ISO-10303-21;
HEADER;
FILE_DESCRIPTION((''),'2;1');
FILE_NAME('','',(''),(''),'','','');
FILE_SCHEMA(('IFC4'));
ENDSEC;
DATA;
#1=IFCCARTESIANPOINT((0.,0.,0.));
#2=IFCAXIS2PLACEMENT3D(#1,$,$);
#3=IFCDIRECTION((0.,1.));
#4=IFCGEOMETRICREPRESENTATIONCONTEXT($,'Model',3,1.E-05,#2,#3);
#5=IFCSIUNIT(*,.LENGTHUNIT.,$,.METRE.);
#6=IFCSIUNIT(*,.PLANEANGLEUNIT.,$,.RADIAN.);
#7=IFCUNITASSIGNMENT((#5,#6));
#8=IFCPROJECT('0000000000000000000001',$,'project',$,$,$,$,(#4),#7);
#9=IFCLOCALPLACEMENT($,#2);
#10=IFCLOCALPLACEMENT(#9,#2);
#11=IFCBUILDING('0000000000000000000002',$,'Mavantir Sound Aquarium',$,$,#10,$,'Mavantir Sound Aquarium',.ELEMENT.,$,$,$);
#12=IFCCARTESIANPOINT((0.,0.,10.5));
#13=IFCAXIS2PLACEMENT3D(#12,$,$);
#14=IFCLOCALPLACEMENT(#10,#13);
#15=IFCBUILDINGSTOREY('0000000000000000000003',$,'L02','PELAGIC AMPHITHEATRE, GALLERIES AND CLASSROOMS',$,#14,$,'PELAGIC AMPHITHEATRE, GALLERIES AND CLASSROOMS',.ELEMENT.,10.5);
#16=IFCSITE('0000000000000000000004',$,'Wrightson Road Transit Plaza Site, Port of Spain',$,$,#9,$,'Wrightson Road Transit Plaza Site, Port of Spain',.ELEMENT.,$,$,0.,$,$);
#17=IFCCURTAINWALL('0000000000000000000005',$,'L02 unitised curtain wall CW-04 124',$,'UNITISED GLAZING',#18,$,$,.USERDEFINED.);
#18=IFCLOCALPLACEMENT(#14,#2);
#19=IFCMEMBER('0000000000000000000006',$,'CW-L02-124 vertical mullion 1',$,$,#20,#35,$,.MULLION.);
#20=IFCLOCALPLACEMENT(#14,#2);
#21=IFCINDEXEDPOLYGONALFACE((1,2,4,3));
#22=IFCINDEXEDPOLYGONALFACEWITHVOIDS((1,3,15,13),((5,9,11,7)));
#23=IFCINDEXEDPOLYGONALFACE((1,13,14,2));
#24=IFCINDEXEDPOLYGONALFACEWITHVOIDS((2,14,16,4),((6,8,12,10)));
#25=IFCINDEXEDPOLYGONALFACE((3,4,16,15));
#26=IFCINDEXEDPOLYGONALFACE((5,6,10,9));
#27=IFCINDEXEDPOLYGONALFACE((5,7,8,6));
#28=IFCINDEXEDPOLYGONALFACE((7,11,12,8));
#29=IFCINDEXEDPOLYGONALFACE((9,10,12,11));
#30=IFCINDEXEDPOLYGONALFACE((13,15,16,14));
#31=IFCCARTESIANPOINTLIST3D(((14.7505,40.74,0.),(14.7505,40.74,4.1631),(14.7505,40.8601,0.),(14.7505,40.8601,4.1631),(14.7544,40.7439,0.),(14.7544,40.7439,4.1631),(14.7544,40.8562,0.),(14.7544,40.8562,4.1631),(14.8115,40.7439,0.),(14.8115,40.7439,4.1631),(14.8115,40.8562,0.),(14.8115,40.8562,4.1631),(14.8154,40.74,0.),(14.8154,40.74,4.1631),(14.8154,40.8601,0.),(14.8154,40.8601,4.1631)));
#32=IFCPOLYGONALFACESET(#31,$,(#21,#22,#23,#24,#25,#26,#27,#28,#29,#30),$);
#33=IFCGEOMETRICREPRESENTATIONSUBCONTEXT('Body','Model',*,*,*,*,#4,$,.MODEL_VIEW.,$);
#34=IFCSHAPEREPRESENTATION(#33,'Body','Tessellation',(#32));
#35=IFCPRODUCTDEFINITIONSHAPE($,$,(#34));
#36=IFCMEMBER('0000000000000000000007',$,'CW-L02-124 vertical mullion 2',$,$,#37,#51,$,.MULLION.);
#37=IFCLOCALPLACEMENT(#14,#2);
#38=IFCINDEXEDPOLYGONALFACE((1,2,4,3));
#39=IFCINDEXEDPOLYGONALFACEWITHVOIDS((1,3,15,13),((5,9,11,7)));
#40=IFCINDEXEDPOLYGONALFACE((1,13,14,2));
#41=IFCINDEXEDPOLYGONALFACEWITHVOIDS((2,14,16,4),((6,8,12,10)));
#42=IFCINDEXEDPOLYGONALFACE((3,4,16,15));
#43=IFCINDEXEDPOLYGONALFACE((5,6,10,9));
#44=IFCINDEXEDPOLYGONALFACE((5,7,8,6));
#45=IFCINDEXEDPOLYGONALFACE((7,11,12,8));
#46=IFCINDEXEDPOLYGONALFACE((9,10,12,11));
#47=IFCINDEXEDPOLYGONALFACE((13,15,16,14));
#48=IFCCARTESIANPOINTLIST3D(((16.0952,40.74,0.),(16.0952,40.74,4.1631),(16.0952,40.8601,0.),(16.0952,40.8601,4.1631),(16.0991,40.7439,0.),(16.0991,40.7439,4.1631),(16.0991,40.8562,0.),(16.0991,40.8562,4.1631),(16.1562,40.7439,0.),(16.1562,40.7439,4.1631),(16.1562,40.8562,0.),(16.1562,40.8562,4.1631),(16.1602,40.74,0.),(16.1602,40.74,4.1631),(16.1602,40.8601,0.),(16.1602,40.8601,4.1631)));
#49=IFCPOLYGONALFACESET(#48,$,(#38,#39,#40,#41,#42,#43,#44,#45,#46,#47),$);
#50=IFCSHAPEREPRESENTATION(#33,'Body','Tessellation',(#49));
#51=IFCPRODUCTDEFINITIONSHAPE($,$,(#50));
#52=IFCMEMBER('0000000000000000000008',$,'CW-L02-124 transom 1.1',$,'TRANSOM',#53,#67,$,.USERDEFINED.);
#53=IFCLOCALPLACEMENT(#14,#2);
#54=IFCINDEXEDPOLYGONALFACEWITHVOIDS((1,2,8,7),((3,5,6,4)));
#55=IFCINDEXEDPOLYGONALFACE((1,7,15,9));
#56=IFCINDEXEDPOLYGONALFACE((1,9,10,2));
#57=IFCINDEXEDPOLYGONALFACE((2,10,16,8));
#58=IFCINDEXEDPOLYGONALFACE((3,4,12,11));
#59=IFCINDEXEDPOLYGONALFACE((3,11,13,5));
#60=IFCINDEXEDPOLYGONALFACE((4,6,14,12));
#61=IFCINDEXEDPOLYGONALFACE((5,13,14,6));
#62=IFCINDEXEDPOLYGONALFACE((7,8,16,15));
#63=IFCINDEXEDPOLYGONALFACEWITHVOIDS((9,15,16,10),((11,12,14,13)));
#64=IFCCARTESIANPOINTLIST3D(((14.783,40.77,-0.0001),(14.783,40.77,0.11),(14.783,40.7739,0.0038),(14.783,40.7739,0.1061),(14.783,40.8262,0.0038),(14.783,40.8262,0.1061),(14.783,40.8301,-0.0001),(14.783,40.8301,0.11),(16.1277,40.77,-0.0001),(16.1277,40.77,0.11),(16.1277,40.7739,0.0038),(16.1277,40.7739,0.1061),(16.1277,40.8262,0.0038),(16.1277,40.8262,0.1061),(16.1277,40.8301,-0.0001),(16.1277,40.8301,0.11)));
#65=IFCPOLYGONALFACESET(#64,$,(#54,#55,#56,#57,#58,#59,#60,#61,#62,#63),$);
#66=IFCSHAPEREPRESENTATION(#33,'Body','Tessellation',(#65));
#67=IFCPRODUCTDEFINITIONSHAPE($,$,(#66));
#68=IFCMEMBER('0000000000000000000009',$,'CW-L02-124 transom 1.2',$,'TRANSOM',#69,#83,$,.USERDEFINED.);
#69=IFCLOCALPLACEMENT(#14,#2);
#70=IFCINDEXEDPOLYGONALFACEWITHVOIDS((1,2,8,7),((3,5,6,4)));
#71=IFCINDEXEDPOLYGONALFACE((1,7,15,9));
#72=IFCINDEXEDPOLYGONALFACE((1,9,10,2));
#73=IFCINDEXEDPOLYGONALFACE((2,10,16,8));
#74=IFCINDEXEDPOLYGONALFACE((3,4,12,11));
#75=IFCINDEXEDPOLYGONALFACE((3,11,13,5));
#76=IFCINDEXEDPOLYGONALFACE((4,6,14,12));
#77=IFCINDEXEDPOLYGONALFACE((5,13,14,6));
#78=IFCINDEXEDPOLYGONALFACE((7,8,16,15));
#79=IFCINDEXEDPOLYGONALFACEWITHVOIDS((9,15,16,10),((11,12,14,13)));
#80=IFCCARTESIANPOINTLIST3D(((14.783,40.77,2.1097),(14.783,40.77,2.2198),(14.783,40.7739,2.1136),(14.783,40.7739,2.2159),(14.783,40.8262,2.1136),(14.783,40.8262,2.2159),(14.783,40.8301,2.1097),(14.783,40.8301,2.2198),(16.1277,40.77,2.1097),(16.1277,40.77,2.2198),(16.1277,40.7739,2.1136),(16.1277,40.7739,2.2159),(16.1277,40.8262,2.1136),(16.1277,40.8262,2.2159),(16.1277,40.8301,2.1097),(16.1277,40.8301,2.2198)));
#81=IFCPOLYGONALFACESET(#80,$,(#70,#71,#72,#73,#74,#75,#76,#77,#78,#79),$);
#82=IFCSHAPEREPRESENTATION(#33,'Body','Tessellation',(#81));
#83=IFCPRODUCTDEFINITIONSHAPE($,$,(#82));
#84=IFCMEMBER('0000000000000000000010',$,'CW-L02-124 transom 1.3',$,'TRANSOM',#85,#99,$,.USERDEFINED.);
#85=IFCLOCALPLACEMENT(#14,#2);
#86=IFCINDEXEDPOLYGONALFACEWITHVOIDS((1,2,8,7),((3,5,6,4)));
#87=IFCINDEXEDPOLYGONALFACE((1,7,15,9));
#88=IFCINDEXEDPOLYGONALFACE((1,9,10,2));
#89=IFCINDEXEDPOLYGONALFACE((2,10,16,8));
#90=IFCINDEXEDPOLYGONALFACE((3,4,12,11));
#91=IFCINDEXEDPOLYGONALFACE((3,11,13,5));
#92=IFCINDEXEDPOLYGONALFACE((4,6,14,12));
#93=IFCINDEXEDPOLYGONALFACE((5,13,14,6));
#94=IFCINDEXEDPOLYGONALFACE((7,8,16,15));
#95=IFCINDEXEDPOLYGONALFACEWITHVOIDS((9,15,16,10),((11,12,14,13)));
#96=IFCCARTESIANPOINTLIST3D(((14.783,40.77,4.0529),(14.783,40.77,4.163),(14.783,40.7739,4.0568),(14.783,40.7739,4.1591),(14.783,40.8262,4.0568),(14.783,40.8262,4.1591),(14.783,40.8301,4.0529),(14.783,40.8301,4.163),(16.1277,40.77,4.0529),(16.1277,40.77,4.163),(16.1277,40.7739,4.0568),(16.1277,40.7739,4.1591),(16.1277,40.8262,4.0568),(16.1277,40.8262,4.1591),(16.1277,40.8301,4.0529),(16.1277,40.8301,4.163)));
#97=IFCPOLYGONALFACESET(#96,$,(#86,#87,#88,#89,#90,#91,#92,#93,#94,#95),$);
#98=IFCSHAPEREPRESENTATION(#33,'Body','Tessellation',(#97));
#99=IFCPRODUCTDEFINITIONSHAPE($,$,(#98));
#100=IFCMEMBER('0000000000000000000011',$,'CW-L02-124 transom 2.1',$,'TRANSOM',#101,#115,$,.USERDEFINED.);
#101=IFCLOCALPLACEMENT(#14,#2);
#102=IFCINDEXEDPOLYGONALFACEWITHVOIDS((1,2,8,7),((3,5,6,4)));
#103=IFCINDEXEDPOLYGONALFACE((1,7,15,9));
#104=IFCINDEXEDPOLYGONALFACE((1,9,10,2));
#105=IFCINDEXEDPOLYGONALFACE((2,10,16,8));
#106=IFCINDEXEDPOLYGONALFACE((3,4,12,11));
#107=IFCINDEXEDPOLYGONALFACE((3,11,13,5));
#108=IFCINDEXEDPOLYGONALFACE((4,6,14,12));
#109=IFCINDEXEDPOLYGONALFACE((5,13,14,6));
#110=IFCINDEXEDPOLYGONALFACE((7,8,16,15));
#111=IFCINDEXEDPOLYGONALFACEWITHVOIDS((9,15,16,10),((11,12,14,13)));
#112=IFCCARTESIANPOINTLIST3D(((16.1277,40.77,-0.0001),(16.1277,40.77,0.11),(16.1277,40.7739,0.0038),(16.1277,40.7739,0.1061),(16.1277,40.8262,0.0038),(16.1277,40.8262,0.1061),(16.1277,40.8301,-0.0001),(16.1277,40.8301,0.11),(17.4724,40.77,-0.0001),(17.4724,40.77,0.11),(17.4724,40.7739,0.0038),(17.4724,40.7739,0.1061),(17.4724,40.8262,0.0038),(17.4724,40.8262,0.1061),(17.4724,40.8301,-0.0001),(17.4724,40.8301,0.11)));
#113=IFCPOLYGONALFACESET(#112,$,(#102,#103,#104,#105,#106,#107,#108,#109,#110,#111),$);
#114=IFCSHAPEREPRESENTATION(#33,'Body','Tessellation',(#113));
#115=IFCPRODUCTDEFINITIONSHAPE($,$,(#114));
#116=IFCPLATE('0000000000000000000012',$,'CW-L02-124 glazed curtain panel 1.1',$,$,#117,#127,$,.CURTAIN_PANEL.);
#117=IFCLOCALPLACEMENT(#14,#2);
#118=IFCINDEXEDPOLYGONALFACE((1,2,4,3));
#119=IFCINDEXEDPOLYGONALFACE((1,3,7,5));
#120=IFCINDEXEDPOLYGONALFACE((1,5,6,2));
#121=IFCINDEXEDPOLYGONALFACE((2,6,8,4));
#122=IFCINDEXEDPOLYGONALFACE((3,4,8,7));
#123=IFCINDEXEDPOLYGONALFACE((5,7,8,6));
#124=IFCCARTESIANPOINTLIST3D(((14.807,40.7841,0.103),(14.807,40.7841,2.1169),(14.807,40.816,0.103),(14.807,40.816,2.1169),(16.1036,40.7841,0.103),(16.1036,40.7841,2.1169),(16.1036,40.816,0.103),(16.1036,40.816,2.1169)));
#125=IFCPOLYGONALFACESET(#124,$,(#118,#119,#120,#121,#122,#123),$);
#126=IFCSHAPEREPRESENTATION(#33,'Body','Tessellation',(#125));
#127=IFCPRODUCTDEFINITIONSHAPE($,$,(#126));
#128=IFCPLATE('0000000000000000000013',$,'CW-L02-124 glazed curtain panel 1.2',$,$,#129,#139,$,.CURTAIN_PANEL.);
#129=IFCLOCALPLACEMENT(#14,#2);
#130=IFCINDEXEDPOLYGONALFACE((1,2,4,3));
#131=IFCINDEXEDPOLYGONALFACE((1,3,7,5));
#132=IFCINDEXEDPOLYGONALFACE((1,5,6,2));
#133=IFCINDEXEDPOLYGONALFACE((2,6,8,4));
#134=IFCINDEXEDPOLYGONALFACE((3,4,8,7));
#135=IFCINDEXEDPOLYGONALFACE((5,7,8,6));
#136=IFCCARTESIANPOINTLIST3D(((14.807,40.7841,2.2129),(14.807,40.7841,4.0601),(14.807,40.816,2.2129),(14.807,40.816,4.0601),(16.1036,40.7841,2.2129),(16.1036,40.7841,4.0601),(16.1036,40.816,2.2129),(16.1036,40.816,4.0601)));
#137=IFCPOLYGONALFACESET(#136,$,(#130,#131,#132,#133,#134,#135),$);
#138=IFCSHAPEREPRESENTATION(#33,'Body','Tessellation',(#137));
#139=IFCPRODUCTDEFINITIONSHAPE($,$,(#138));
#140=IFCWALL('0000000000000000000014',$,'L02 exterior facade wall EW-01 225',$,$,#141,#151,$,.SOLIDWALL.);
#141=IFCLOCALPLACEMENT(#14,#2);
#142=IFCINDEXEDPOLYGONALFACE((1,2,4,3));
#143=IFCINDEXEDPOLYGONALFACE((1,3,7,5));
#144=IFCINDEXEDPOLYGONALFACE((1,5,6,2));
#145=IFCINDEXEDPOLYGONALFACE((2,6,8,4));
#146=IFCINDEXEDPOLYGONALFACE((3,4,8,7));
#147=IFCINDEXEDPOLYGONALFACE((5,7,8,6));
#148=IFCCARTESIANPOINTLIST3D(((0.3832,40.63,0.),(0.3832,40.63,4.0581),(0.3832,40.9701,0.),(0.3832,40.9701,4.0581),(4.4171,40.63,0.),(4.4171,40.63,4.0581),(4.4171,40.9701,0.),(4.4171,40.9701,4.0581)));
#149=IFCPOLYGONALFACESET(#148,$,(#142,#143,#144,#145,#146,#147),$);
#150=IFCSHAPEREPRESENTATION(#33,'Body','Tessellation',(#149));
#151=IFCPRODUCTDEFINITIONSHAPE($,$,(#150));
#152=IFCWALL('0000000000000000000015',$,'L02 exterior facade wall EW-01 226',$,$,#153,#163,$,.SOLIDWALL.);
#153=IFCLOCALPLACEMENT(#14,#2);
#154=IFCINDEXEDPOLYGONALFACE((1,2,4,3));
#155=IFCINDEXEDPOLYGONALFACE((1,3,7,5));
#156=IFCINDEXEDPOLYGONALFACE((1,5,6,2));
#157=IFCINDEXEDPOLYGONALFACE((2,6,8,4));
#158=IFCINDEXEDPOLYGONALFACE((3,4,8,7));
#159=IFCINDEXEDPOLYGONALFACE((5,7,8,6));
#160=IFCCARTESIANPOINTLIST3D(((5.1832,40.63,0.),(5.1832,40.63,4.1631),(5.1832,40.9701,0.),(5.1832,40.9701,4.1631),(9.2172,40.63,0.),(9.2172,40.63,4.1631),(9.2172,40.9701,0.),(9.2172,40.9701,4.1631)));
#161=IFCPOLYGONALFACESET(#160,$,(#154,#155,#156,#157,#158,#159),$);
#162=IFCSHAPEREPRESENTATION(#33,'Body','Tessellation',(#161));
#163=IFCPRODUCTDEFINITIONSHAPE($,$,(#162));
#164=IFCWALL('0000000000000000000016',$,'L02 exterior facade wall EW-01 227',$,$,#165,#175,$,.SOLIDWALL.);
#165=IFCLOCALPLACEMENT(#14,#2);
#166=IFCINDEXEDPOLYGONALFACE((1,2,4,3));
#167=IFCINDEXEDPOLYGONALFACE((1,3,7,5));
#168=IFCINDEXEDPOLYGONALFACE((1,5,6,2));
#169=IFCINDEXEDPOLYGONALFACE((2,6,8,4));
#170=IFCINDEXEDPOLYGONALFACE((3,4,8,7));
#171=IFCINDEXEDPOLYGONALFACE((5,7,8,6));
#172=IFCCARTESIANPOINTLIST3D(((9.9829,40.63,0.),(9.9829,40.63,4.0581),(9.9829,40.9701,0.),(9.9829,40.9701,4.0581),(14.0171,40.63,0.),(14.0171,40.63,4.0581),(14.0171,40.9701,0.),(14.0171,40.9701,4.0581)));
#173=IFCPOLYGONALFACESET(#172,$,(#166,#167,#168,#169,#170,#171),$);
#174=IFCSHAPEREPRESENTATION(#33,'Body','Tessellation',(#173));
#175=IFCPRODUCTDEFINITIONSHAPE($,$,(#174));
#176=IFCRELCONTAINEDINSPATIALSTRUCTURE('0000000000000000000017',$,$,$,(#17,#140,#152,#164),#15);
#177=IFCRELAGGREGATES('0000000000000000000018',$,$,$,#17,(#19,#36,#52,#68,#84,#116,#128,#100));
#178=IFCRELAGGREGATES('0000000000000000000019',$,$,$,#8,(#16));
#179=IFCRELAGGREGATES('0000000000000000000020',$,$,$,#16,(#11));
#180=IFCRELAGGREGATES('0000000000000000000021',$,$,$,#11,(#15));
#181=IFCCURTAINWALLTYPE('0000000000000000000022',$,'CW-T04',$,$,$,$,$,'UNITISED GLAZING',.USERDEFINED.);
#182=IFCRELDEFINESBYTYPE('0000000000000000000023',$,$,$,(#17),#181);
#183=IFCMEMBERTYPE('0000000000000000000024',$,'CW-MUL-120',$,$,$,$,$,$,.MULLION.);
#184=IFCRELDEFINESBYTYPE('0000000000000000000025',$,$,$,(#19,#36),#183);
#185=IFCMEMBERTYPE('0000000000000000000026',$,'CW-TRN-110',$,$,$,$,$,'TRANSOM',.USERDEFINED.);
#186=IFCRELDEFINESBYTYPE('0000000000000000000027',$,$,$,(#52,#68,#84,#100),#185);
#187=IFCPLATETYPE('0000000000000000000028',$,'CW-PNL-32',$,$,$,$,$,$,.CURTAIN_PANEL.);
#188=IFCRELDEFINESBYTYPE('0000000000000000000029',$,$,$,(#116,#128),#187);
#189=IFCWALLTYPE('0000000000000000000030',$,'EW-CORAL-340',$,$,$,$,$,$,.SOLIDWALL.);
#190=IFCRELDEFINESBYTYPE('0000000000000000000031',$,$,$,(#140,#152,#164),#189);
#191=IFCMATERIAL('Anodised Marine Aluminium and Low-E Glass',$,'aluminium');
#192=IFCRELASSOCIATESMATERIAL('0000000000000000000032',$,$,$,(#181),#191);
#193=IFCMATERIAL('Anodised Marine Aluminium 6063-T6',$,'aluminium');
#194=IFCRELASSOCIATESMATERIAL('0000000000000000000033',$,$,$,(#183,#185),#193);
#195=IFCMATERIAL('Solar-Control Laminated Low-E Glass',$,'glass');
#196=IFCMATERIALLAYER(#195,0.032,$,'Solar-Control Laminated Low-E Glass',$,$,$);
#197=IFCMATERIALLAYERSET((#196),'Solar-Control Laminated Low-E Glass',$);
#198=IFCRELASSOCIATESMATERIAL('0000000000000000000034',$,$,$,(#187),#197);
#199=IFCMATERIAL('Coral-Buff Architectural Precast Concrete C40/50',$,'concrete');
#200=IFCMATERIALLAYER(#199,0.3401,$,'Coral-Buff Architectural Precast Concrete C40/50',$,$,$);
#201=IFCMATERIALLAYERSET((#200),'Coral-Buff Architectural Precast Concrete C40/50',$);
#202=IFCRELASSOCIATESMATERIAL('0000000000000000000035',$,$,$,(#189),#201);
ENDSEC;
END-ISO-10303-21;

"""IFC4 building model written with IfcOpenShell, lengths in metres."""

from ifc_helpers import new_model, si_unit, direction, frame, frame_2d, origin, origin_2d, place, context, subcontext, project, spatial, rectangle, hollow_rectangle, extrude, material, layer, layer_set, material_profile, profile_set, type_object, element, aggregate, save


model = new_model("IFC4")

# Units and contexts
model_context = context("Model", 3, precision=1e-05, world=origin(), true_north=direction((0.0, 1.0)))
body_context = subcontext(model_context, "Body", "Model", "MODEL_VIEW")
ifc_project = project(units=[si_unit("LENGTHUNIT", "METRE"), si_unit("PLANEANGLEUNIT", "RADIAN")], contexts=[model_context])

# Site, building, storey
site_placement = place(None, origin())
site = spatial("IfcSite", under=ifc_project, at=site_placement, Name="Wrightson Road Transit Plaza Site, Port of Spain", LongName="Wrightson Road Transit Plaza Site, Port of Spain", CompositionType="ELEMENT", RefElevation=0.0)
building_placement = place(site_placement, origin())
building = spatial("IfcBuilding", under=site, at=building_placement, Name="Mavantir Sound Aquarium", LongName="Mavantir Sound Aquarium", CompositionType="ELEMENT")
storey_placement = place(building_placement, frame((0.0, 0.0, 10.5)))
storey = spatial("IfcBuildingStorey", under=building, at=storey_placement, Name="L02", Description="PELAGIC AMPHITHEATRE, GALLERIES AND CLASSROOMS", LongName="PELAGIC AMPHITHEATRE, GALLERIES AND CLASSROOMS", CompositionType="ELEMENT", Elevation=10.5)

# Curtain wall, members, plates
ifc_material_1 = material(Name="Anodised Marine Aluminium and Low-E Glass", Category="aluminium")
curtain_wall_type = type_object("IfcCurtainWallType", Name="CW-T04", ElementType="UNITISED GLAZING", PredefinedType="USERDEFINED", material=ifc_material_1)
curtain_wall_placement = place(storey_placement, origin())
curtain_wall = element("IfcCurtainWall", 1, at=curtain_wall_placement, inside=storey, type_object=curtain_wall_type, Name="L02 unitised curtain wall CW-04 124", ObjectType="UNITISED GLAZING", PredefinedType="USERDEFINED")
ifc_material_2 = material(Name="Anodised Marine Aluminium 6063-T6", Category="aluminium")
ifc_material_profile_1 = material_profile(ifc_material_2, hollow_rectangle(XDim=0.0649, YDim=0.1201, WallThickness=0.0039, at=origin_2d()), Name="ALU-MULLION-120X65")
ifc_profile_set_1 = profile_set([ifc_material_profile_1], Name="Anodised Marine Aluminium 6063-T6")
member_type_1 = type_object("IfcMemberType", Name="CW-MUL-120", PredefinedType="MULLION", material=ifc_profile_set_1)
member_1_placement = place(storey_placement, frame((14.783, 40.8, 0.0), z_axis=(0.0, 0.0, 1.0), x_axis=(1.0, 0.0, 0.0)))
member_1 = element("IfcMember", 2, at=member_1_placement, type_object=member_type_1, Name="CW-L02-124 vertical mullion 1", PredefinedType="MULLION", context=body_context, shape_type="SweptSolid", body=[
    extrude(hollow_rectangle(XDim=0.0649, YDim=0.1201, WallThickness=0.0039, at=origin_2d()), origin(), (0.0, 0.0, 1.0), 4.1631),
])
member_2_placement = place(storey_placement, frame((16.1277, 40.8, 0.0), z_axis=(0.0, 0.0, 1.0), x_axis=(1.0, 0.0, 0.0)))
member_2 = element("IfcMember", 3, at=member_2_placement, type_object=member_type_1, Name="CW-L02-124 vertical mullion 2", PredefinedType="MULLION", context=body_context, shape_type="SweptSolid", body=[
    extrude(hollow_rectangle(XDim=0.0649, YDim=0.1201, WallThickness=0.0039, at=origin_2d()), origin(), (0.0, 0.0, 1.0), 4.1631),
])
ifc_material_profile_2 = material_profile(ifc_material_2, hollow_rectangle(XDim=0.0601, YDim=0.1101, WallThickness=0.0039, at=origin_2d()), Name="ALU-TRANSOM-110X60")
ifc_profile_set_2 = profile_set([ifc_material_profile_2], Name="Anodised Marine Aluminium 6063-T6")
member_type_2 = type_object("IfcMemberType", Name="CW-TRN-110", ElementType="TRANSOM", PredefinedType="USERDEFINED", material=ifc_profile_set_2)
member_3_placement = place(storey_placement, frame((14.783, 40.8, 0.0549), z_axis=(1.0, 0.0, 0.0), x_axis=(0.0, 1.0, 0.0)))
member_3 = element("IfcMember", 4, at=member_3_placement, type_object=member_type_2, Name="CW-L02-124 transom 1.1", ObjectType="TRANSOM", PredefinedType="USERDEFINED", context=body_context, shape_type="SweptSolid", body=[
    extrude(hollow_rectangle(XDim=0.0601, YDim=0.1101, WallThickness=0.0039, at=origin_2d()), origin(), (0.0, 0.0, 1.0), 1.3447),
])
member_4_placement = place(storey_placement, frame((14.783, 40.8, 2.1648), z_axis=(1.0, 0.0, 0.0), x_axis=(0.0, 1.0, 0.0)))
member_4 = element("IfcMember", 5, at=member_4_placement, type_object=member_type_2, Name="CW-L02-124 transom 1.2", ObjectType="TRANSOM", PredefinedType="USERDEFINED", context=body_context, shape_type="SweptSolid", body=[
    extrude(hollow_rectangle(XDim=0.0601, YDim=0.1101, WallThickness=0.0039, at=origin_2d()), origin(), (0.0, 0.0, 1.0), 1.3447),
])
member_5_placement = place(storey_placement, frame((14.783, 40.8, 4.1079), z_axis=(1.0, 0.0, 0.0), x_axis=(0.0, 1.0, 0.0)))
member_5 = element("IfcMember", 6, at=member_5_placement, type_object=member_type_2, Name="CW-L02-124 transom 1.3", ObjectType="TRANSOM", PredefinedType="USERDEFINED", context=body_context, shape_type="SweptSolid", body=[
    extrude(hollow_rectangle(XDim=0.0601, YDim=0.1101, WallThickness=0.0039, at=origin_2d()), origin(), (0.0, 0.0, 1.0), 1.3447),
])
member_6_placement = place(storey_placement, frame((16.1277, 40.8, 0.0549), z_axis=(1.0, 0.0, 0.0), x_axis=(0.0, 1.0, 0.0)))
member_6 = element("IfcMember", 7, at=member_6_placement, type_object=member_type_2, Name="CW-L02-124 transom 2.1", ObjectType="TRANSOM", PredefinedType="USERDEFINED", context=body_context, shape_type="SweptSolid", body=[
    extrude(hollow_rectangle(XDim=0.0601, YDim=0.1101, WallThickness=0.0039, at=origin_2d()), origin(), (0.0, 0.0, 1.0), 1.3447),
])
ifc_material_3 = material(Name="Solar-Control Laminated Low-E Glass", Category="glass")
ifc_layer_1 = layer(ifc_material_3, 0.032, Name="Solar-Control Laminated Low-E Glass")
ifc_layer_set_1 = layer_set([ifc_layer_1], Name="Solar-Control Laminated Low-E Glass")
plate_type = type_object("IfcPlateType", Name="CW-PNL-32", PredefinedType="CURTAIN_PANEL", material=ifc_layer_set_1)
plate_1_placement = place(storey_placement, frame((15.4553, 40.8, 0.103), z_axis=(0.0, 0.0, 1.0), x_axis=(1.0, 0.0, 0.0)))
plate_1 = element("IfcPlate", 8, at=plate_1_placement, type_object=plate_type, Name="CW-L02-124 glazed curtain panel 1.1", PredefinedType="CURTAIN_PANEL", context=body_context, shape_type="SweptSolid", body=[
    extrude(rectangle(XDim=1.2966, YDim=0.032, at=origin_2d()), origin(), (0.0, 0.0, 1.0), 2.0139),
])
plate_2_placement = place(storey_placement, frame((15.4553, 40.8, 2.2129), z_axis=(0.0, 0.0, 1.0), x_axis=(1.0, 0.0, 0.0)))
plate_2 = element("IfcPlate", 9, at=plate_2_placement, type_object=plate_type, Name="CW-L02-124 glazed curtain panel 1.2", PredefinedType="CURTAIN_PANEL", context=body_context, shape_type="SweptSolid", body=[
    extrude(rectangle(XDim=1.2966, YDim=0.032, at=origin_2d()), origin(), (0.0, 0.0, 1.0), 1.8472),
])
aggregate(curtain_wall, [member_1, member_2, member_3, member_4, member_5, plate_1, plate_2, member_6])

# Walls
ifc_material_4 = material(Name="Coral-Buff Architectural Precast Concrete C40/50", Category="concrete")
ifc_layer_2 = layer(ifc_material_4, 0.3401, Name="Coral-Buff Architectural Precast Concrete C40/50")
ifc_layer_set_2 = layer_set([ifc_layer_2], Name="Coral-Buff Architectural Precast Concrete C40/50")
wall_type_1 = type_object("IfcWallType", Name="EW-CORAL-340", PredefinedType="SOLIDWALL", material=ifc_layer_set_2)
wall_1_placement = place(storey_placement, frame((0.3831, 40.8, 0.0), z_axis=(0.0, 0.0, 1.0), x_axis=(1.0, 0.0, 0.0)))
element("IfcWall", 10, at=wall_1_placement, inside=storey, type_object=wall_type_1, Name="L02 exterior facade wall EW-01 225", PredefinedType="SOLIDWALL", context=body_context, shape_type="SweptSolid", body=[
    extrude(rectangle(XDim=4.0339, YDim=0.3401, at=frame_2d((2.0171, 0.0))), origin(), (0.0, 0.0, 1.0), 4.0581),
])
wall_2_placement = place(storey_placement, frame((5.1831, 40.8, 0.0), z_axis=(0.0, 0.0, 1.0), x_axis=(1.0, 0.0, 0.0)))
element("IfcWall", 11, at=wall_2_placement, inside=storey, type_object=wall_type_1, Name="L02 exterior facade wall EW-01 226", PredefinedType="SOLIDWALL", context=body_context, shape_type="SweptSolid", body=[
    extrude(rectangle(XDim=4.0339, YDim=0.3401, at=frame_2d((2.0171, 0.0))), origin(), (0.0, 0.0, 1.0), 4.1631),
])
wall_3_placement = place(storey_placement, frame((9.9829, 40.8, 0.0), z_axis=(0.0, 0.0, 1.0), x_axis=(1.0, 0.0, 0.0)))
element("IfcWall", 12, at=wall_3_placement, inside=storey, type_object=wall_type_1, Name="L02 exterior facade wall EW-01 227", PredefinedType="SOLIDWALL", context=body_context, shape_type="SweptSolid", body=[
    extrude(rectangle(XDim=4.0342, YDim=0.3401, at=frame_2d((2.0171, 0.0))), origin(), (0.0, 0.0, 1.0), 4.0581),
])

save(model, "model.ifc")
